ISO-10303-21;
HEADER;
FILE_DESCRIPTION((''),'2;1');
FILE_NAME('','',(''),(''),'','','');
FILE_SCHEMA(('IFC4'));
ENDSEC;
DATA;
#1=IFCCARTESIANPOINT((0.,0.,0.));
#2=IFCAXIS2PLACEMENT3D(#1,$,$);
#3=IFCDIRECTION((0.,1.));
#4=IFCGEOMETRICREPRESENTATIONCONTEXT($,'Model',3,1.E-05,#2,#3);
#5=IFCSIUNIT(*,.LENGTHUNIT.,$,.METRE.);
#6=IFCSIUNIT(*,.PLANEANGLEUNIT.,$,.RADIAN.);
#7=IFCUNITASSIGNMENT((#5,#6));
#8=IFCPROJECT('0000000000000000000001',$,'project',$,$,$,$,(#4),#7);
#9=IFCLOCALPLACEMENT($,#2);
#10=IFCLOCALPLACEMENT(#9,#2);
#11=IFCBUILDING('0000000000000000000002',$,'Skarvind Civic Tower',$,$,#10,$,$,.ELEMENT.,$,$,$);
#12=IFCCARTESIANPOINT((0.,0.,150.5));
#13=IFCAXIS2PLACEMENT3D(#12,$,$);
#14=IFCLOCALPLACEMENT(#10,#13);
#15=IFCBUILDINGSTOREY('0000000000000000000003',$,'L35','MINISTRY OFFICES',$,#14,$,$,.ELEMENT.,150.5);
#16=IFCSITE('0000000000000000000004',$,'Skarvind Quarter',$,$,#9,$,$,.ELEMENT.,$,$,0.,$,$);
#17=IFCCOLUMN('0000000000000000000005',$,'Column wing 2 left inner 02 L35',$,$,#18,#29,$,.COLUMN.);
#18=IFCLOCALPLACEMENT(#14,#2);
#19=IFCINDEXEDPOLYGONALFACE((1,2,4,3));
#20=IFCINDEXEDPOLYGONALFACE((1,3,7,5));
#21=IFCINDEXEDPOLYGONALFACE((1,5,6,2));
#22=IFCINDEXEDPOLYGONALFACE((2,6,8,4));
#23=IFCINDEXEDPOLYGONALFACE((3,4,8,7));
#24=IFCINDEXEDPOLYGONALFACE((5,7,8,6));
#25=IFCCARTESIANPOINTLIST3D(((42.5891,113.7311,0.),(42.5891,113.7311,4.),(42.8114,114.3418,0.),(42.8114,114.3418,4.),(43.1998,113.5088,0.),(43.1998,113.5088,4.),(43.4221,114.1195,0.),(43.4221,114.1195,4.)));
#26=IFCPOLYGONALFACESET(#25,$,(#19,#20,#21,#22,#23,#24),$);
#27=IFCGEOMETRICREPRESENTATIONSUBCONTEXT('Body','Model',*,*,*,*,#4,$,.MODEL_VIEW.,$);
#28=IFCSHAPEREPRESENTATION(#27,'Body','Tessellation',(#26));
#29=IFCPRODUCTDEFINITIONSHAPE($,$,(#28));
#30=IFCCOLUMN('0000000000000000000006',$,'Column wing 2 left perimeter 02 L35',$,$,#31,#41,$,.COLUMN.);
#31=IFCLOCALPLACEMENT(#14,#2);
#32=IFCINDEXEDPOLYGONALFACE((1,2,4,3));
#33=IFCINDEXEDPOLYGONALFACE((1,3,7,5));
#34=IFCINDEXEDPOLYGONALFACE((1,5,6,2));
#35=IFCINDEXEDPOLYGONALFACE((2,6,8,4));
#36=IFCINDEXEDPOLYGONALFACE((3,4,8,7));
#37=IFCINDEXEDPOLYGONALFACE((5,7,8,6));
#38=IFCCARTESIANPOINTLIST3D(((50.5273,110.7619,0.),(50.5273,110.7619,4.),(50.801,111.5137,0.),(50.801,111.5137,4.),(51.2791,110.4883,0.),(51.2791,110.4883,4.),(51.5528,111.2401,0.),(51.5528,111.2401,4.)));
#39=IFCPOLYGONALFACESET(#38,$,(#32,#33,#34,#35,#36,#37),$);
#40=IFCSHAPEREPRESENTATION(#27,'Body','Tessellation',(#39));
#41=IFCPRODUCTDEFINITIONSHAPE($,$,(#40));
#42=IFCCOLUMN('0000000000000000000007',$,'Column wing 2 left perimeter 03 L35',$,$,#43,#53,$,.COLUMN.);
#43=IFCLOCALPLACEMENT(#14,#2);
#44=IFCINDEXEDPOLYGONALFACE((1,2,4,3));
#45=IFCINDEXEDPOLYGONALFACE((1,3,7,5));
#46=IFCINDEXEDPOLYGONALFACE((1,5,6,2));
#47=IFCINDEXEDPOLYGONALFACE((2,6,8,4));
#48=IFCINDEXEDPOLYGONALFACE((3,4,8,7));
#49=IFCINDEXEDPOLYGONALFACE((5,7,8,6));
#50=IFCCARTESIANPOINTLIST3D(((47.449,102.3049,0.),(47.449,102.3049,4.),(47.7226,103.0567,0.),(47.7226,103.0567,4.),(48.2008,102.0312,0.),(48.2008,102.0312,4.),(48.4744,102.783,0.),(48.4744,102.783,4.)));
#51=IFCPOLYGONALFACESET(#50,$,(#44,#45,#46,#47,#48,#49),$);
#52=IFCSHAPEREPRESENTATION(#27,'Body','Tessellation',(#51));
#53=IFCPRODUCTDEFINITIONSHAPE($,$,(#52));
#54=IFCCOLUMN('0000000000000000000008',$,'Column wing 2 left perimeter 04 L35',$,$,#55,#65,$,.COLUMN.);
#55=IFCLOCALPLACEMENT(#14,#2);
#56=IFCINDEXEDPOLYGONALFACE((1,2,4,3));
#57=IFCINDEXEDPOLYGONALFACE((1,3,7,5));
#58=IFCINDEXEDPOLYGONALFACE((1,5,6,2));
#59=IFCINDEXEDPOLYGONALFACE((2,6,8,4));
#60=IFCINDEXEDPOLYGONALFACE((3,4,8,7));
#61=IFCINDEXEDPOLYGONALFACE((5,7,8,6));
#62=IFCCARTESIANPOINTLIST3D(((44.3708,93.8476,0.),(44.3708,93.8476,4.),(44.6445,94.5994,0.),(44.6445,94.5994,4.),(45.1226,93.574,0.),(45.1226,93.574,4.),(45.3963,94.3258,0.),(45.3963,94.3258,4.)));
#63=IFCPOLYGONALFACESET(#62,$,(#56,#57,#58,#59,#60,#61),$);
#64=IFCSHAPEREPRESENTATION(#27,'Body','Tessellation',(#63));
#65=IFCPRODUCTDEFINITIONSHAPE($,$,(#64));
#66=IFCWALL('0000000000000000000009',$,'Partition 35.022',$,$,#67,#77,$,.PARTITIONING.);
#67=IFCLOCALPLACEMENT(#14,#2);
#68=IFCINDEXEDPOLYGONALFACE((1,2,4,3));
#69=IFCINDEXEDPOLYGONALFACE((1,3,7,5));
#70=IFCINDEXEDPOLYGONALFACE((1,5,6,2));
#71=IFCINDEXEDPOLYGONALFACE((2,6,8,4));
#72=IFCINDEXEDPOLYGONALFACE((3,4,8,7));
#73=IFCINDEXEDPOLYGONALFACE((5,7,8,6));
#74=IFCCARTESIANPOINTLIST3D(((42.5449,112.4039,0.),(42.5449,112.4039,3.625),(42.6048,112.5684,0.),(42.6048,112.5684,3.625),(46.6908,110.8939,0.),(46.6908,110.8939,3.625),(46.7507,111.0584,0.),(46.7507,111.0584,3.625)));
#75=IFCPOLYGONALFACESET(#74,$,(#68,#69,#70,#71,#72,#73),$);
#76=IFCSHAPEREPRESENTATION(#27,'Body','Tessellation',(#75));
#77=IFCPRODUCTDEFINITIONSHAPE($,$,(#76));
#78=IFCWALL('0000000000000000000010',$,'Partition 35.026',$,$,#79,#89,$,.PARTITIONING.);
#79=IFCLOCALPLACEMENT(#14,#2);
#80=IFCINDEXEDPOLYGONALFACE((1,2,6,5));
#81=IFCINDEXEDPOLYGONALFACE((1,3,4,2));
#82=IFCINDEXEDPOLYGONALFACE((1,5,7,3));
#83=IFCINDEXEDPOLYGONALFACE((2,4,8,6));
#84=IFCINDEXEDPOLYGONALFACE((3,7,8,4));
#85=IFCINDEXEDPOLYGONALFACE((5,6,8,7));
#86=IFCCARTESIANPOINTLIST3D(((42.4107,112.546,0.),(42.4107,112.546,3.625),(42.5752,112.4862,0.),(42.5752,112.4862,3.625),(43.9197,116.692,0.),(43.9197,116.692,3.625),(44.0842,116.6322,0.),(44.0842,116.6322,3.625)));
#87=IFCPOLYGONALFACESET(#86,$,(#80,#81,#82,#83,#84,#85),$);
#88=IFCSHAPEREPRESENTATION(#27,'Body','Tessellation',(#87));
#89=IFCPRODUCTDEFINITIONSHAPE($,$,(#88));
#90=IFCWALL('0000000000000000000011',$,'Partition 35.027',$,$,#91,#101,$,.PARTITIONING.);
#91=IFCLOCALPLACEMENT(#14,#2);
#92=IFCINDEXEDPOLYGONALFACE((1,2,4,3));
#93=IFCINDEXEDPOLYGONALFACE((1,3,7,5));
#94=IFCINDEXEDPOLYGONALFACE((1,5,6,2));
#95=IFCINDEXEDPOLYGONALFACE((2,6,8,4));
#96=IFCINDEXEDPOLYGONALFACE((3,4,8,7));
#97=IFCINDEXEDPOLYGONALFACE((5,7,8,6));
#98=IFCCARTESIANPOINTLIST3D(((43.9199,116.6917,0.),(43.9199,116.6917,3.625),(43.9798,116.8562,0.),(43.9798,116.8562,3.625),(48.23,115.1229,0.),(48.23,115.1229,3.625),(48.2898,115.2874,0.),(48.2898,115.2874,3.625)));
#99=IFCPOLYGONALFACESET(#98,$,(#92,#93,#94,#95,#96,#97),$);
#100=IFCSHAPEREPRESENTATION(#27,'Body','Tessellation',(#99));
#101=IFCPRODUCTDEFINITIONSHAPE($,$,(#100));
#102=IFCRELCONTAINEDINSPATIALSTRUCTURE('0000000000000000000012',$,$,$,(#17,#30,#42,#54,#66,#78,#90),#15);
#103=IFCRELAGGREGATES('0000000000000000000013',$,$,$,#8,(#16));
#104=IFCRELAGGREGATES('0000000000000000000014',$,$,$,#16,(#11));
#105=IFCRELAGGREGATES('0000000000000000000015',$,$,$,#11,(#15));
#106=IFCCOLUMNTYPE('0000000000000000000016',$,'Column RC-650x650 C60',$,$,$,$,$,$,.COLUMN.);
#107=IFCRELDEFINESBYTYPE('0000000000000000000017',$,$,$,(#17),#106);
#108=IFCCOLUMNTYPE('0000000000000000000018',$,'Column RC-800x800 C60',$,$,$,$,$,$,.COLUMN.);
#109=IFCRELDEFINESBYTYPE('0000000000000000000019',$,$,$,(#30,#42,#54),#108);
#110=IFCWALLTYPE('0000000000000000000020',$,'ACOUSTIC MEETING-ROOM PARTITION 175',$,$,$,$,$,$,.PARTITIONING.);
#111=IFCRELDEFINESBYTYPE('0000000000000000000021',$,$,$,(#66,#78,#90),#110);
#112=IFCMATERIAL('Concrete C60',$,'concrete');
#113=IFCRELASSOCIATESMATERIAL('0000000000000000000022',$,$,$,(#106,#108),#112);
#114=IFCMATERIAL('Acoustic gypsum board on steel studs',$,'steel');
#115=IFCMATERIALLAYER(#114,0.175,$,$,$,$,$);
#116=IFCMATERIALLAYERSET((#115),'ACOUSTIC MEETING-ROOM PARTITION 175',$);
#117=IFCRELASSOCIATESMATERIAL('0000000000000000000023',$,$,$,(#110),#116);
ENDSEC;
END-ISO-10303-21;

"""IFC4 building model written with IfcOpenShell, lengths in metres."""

from ifc_helpers import new_model, si_unit, direction, frame, frame_2d, origin, origin_2d, place, context, subcontext, project, spatial, rectangle, extrude, material, layer, layer_set, material_profile, profile_set, type_object, element, save


model = new_model("IFC4")

# Units and contexts
model_context = context("Model", 3, precision=1e-05, world=origin(), true_north=direction((0.0, 1.0)))
body_context = subcontext(model_context, "Body", "Model", "MODEL_VIEW")
ifc_project = project(units=[si_unit("LENGTHUNIT", "METRE"), si_unit("PLANEANGLEUNIT", "RADIAN")], contexts=[model_context])

# Site, building, storey
site_placement = place(None, origin())
site = spatial("IfcSite", under=ifc_project, at=site_placement, Name="Skarvind Quarter", CompositionType="ELEMENT", RefElevation=0.0)
building_placement = place(site_placement, origin())
building = spatial("IfcBuilding", under=site, at=building_placement, Name="Skarvind Civic Tower", CompositionType="ELEMENT")
storey_placement = place(building_placement, frame((0.0, 0.0, 150.5)))
storey = spatial("IfcBuildingStorey", under=building, at=storey_placement, Name="L35", Description="MINISTRY OFFICES", CompositionType="ELEMENT", Elevation=150.5)

# Columns
ifc_material_1 = material(Name="Concrete C60", Category="concrete")
ifc_material_profile_1 = material_profile(ifc_material_1, rectangle(XDim=0.6499, YDim=0.6499, at=origin_2d()), Name="RC-650x650")
ifc_profile_set_1 = profile_set([ifc_material_profile_1], Name="Concrete C60")
column_type_1 = type_object("IfcColumnType", Name="Column RC-650x650 C60", PredefinedType="COLUMN", material=ifc_profile_set_1)
column_placement = place(storey_placement, frame((43.0056, 113.9253, 0.0), z_axis=(0.0, 0.0, 1.0), x_axis=(-0.34202, -0.939693, 0.0)))
element("IfcColumn", 1, at=column_placement, inside=storey, type_object=column_type_1, Name="Column wing 2 left inner 02 L35", PredefinedType="COLUMN", context=body_context, shape_type="SweptSolid", body=[
    extrude(rectangle(XDim=0.6499, YDim=0.6499, at=origin_2d()), origin(), (0.0, 0.0, 1.0), 4.0),
])
ifc_material_profile_2 = material_profile(ifc_material_1, rectangle(XDim=0.8, YDim=0.8, at=origin_2d()), Name="RC-800x800")
ifc_profile_set_2 = profile_set([ifc_material_profile_2], Name="Concrete C60")
column_type_2 = type_object("IfcColumnType", Name="Column RC-800x800 C60", PredefinedType="COLUMN", material=ifc_profile_set_2)
for number, where, z_axis, x_axis, name in (
    (2, (51.04, 111.001, 0.0), (0.0, 0.0, 1.0), (-0.34202, -0.939693, 0.0), "Column wing 2 left perimeter 02 L35"),
    (3, (47.9617, 102.5439, 0.0), (0.0, 0.0, 1.0), (-0.34202, -0.939693, 0.0), "Column wing 2 left perimeter 03 L35"),
    (4, (44.8835, 94.0867, 0.0), (0.0, 0.0, 1.0), (-0.34202, -0.939693, 0.0), "Column wing 2 left perimeter 04 L35"),
):
    element("IfcColumn", number, at=place(storey_placement, frame(where, z_axis=z_axis, x_axis=x_axis)), inside=storey, type_object=column_type_2, Name=name, PredefinedType="COLUMN", context=body_context, shape_type="SweptSolid", body=[
        extrude(rectangle(XDim=0.8, YDim=0.8, at=origin_2d()), origin(), (0.0, 0.0, 1.0), 4.0),
    ])

# Walls
ifc_material_2 = material(Name="Acoustic gypsum board on steel studs", Category="steel")
ifc_layer_1 = layer(ifc_material_2, 0.175)
ifc_layer_set_1 = layer_set([ifc_layer_1], Name="ACOUSTIC MEETING-ROOM PARTITION 175")
wall_type_1 = type_object("IfcWallType", Name="ACOUSTIC MEETING-ROOM PARTITION 175", PredefinedType="PARTITIONING", material=ifc_layer_set_1)
wall_1_placement = place(storey_placement, frame((42.575, 112.4861, 0.0), z_axis=(0.0, 0.0, 1.0), x_axis=(0.93962, -0.342218, 0.0)))
element("IfcWall", 5, at=wall_1_placement, inside=storey, type_object=wall_type_1, Name="Partition 35.022", PredefinedType="PARTITIONING", context=body_context, shape_type="SweptSolid", body=[
    extrude(rectangle(XDim=4.4124, YDim=0.175, at=frame_2d((2.2061, 0.0))), origin(), (0.0, 0.0, 1.0), 3.625),
])
wall_2_placement = place(storey_placement, frame((44.002, 116.6621, 0.0), z_axis=(0.0, 0.0, 1.0), x_axis=(-0.342023, -0.939692, 0.0)))
element("IfcWall", 6, at=wall_2_placement, inside=storey, type_object=wall_type_1, Name="Partition 35.026", PredefinedType="PARTITIONING", context=body_context, shape_type="SweptSolid", body=[
    extrude(rectangle(XDim=4.4121, YDim=0.175, at=frame_2d((2.2061, 0.0))), origin(), (0.0, 0.0, 1.0), 3.625),
])
wall_3_placement = place(storey_placement, frame((48.26, 115.2051, 0.0), z_axis=(0.0, 0.0, 1.0), x_axis=(-0.939685, 0.342042, 0.0)))
element("IfcWall", 7, at=wall_3_placement, inside=storey, type_object=wall_type_1, Name="Partition 35.027", PredefinedType="PARTITIONING", context=body_context, shape_type="SweptSolid", body=[
    extrude(rectangle(XDim=4.5867, YDim=0.175, at=frame_2d((2.2935, 0.0))), origin(), (0.0, 0.0, 1.0), 3.625),
])

save(model, "model.ifc")
